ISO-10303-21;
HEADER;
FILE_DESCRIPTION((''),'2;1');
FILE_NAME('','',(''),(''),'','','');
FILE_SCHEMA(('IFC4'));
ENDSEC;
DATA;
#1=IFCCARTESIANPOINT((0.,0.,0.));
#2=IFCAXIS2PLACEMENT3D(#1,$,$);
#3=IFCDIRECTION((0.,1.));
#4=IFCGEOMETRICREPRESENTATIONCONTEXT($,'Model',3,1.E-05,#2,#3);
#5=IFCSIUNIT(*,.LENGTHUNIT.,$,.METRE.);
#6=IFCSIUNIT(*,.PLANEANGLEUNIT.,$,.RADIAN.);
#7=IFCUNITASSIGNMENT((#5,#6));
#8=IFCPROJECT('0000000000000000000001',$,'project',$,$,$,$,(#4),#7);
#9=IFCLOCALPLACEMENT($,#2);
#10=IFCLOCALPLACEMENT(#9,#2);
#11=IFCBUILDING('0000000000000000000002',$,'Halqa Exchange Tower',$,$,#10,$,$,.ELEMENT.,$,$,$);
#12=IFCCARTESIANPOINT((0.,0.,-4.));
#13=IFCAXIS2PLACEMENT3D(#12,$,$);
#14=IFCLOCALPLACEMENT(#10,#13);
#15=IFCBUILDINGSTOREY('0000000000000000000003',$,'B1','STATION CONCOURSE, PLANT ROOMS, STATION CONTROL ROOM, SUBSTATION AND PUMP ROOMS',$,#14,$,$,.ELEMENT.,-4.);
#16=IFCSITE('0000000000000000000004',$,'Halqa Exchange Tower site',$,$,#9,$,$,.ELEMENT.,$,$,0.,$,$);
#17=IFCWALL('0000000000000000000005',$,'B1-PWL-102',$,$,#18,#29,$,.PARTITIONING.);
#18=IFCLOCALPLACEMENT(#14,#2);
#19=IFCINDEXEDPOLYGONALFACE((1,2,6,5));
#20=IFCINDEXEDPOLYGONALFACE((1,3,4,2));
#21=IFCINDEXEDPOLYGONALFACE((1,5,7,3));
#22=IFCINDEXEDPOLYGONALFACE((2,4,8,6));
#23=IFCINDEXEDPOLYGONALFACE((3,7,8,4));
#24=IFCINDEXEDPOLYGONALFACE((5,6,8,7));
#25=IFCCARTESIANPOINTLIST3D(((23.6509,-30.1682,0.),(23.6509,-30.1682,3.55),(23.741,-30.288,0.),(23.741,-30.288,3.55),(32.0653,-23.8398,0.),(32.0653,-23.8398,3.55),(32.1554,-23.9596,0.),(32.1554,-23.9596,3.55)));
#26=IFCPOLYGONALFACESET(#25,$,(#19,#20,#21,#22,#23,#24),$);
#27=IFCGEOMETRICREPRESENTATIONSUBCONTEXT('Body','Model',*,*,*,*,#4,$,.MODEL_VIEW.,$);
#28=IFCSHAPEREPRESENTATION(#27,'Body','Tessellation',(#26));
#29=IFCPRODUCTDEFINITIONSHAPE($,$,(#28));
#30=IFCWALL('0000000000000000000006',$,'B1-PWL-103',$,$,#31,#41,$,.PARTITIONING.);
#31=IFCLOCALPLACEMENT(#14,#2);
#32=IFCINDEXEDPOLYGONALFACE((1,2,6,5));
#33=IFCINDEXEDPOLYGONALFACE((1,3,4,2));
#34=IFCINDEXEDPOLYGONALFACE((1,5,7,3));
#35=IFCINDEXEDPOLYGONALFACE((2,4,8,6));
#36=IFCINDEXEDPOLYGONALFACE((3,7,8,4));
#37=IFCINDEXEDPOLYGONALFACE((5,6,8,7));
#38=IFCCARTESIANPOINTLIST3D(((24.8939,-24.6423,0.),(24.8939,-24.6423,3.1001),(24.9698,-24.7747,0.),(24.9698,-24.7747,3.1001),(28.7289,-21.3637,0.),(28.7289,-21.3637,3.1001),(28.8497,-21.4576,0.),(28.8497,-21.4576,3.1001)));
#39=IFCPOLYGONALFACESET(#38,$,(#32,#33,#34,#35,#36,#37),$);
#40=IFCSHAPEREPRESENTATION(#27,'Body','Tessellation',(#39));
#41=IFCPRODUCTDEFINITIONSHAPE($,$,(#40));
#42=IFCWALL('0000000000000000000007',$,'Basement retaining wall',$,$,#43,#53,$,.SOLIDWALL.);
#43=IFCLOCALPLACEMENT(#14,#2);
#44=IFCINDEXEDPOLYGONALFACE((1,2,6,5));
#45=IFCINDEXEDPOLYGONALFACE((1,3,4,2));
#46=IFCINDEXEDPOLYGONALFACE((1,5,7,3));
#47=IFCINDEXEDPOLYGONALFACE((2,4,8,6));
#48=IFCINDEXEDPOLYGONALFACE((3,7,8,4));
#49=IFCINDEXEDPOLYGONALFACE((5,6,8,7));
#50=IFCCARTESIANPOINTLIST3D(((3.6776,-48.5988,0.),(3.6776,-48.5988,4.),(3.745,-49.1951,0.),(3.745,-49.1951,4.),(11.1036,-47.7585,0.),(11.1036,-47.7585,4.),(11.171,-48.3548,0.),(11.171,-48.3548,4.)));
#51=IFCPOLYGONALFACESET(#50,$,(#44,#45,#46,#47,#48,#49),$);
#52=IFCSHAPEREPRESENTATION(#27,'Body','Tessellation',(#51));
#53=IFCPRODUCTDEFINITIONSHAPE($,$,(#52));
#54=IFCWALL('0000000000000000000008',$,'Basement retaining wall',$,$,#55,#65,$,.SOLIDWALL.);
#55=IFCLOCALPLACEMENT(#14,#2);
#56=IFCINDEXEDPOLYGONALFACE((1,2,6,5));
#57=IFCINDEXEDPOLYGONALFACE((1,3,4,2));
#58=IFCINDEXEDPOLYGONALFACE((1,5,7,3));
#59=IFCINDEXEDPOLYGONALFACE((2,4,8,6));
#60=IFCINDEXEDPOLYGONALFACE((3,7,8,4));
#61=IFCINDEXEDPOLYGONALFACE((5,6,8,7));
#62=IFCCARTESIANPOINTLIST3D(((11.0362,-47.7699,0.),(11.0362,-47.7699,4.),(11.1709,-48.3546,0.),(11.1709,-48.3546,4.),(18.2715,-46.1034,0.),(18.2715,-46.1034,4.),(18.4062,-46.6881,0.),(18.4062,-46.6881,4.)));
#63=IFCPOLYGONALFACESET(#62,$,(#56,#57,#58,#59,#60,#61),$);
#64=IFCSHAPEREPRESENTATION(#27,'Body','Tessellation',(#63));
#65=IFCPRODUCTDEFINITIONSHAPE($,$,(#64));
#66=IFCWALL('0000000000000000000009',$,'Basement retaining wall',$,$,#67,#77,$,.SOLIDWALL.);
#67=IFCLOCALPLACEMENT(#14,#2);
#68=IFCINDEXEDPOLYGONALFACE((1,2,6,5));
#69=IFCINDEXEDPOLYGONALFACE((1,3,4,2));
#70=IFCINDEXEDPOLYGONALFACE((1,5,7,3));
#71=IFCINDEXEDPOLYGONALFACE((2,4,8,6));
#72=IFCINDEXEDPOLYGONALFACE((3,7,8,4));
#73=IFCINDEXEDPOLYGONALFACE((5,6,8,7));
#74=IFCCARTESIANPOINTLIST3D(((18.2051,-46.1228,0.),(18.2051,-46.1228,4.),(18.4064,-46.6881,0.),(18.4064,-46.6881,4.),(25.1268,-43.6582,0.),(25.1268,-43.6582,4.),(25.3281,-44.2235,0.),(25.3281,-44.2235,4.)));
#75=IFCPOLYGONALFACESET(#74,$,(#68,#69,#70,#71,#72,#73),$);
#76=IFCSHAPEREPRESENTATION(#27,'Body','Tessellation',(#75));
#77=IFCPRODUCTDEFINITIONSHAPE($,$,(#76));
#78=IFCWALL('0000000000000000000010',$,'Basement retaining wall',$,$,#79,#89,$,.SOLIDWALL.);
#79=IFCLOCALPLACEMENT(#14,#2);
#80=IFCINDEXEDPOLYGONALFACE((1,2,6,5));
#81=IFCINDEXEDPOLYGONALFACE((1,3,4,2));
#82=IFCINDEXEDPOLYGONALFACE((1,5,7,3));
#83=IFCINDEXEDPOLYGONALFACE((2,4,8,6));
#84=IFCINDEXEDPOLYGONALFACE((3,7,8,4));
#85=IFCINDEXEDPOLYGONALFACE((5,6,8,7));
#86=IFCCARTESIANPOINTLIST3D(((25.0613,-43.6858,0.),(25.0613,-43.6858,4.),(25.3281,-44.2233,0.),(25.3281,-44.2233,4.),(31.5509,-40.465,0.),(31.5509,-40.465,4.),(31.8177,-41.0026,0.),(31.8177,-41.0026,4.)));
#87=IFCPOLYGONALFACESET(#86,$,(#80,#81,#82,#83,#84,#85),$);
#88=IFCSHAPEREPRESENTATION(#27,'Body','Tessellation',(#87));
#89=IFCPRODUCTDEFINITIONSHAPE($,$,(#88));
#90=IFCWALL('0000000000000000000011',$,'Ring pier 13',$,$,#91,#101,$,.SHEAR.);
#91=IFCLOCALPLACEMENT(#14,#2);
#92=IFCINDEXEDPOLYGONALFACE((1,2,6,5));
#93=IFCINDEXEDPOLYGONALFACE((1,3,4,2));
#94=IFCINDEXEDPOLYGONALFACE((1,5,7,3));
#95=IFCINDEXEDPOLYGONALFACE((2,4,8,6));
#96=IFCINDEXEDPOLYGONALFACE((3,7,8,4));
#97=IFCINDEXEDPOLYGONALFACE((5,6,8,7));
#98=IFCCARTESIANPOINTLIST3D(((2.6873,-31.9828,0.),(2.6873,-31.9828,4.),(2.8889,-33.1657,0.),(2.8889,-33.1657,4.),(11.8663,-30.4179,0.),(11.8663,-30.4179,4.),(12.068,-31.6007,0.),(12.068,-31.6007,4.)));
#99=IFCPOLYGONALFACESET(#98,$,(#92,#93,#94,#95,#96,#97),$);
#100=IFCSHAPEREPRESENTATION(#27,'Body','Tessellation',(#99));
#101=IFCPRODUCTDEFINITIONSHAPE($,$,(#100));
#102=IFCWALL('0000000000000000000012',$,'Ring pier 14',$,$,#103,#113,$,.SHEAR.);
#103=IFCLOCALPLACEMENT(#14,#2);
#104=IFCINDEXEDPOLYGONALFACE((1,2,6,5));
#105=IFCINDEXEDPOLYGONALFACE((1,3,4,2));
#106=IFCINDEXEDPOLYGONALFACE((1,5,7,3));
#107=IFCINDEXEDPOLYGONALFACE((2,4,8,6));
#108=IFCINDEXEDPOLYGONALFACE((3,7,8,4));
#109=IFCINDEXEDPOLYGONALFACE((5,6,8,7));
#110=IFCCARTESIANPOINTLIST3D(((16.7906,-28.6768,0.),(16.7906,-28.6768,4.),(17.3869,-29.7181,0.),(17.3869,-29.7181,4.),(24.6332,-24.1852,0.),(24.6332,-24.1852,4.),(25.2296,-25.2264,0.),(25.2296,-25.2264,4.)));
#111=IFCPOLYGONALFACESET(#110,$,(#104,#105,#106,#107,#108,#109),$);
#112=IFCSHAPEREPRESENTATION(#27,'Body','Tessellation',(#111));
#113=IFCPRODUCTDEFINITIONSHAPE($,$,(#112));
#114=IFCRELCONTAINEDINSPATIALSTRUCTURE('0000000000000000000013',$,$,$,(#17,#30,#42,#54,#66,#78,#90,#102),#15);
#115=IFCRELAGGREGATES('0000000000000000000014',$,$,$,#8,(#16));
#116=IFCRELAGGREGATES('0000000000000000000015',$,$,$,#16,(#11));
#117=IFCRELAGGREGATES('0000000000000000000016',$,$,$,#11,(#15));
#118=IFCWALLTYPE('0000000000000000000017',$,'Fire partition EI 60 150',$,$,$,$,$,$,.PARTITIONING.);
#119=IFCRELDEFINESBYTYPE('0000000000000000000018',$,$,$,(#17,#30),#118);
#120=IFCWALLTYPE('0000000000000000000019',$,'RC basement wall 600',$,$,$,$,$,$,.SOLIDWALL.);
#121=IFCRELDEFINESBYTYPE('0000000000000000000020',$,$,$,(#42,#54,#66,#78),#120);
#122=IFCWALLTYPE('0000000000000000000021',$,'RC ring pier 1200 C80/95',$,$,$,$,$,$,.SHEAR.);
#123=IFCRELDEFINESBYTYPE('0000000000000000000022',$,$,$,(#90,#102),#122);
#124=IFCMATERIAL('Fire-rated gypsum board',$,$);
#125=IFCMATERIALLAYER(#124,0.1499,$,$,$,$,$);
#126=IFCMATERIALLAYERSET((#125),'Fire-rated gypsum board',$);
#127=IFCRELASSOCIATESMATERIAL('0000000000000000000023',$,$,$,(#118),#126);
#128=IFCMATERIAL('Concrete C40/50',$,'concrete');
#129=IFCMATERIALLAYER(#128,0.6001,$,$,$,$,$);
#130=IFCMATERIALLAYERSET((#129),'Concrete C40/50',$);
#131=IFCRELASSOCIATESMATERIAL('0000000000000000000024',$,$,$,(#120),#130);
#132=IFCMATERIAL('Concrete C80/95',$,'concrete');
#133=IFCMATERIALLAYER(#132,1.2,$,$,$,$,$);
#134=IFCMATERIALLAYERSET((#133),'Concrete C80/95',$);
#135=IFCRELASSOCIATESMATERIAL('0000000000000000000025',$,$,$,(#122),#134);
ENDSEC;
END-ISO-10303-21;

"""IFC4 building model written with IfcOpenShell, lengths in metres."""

from ifc_helpers import new_model, si_unit, direction, frame, frame_2d, origin, place, context, subcontext, project, spatial, polyline, rectangle, outline, extrude, material, layer, layer_set, type_object, element, save


model = new_model("IFC4")

# Units and contexts
model_context = context("Model", 3, precision=1e-05, world=origin(), true_north=direction((0.0, 1.0)))
body_context = subcontext(model_context, "Body", "Model", "MODEL_VIEW")
ifc_project = project(units=[si_unit("LENGTHUNIT", "METRE"), si_unit("PLANEANGLEUNIT", "RADIAN")], contexts=[model_context])

# Site, building, storey
site_placement = place(None, origin())
site = spatial("IfcSite", under=ifc_project, at=site_placement, Name="Halqa Exchange Tower site", CompositionType="ELEMENT", RefElevation=0.0)
building_placement = place(site_placement, origin())
building = spatial("IfcBuilding", under=site, at=building_placement, Name="Halqa Exchange Tower", CompositionType="ELEMENT")
storey_placement = place(building_placement, frame((0.0, 0.0, -4.0)))
storey = spatial("IfcBuildingStorey", under=building, at=storey_placement, Name="B1", Description="STATION CONCOURSE, PLANT ROOMS, STATION CONTROL ROOM, SUBSTATION AND PUMP ROOMS", CompositionType="ELEMENT", Elevation=-4.0)

# Shared definitions
ifc_material_1 = material(Name="Fire-rated gypsum board")
ifc_layer_1 = layer(ifc_material_1, 0.1499)
ifc_layer_set_1 = layer_set([ifc_layer_1], Name="Fire-rated gypsum board")
wall_type_1 = type_object("IfcWallType", Name="Fire partition EI 60 150", PredefinedType="PARTITIONING", material=ifc_layer_set_1)

# Walls
wall_1_placement = place(storey_placement, frame((23.696, -30.228, 0.0), z_axis=(0.0, 0.0, 1.0), x_axis=(0.799195, 0.601072, 0.0)))
element("IfcWall", 1, at=wall_1_placement, inside=storey, type_object=wall_type_1, Name="B1-PWL-102", PredefinedType="PARTITIONING", context=body_context, shape_type="SweptSolid", body=[
    extrude(rectangle(XDim=10.5286, YDim=0.1499, at=frame_2d((5.2642, 0.0))), origin(), (0.0, 0.0, 1.0), 3.55),
])
wall_2_placement = place(storey_placement, frame((24.9319, -24.7085, 0.0), z_axis=(0.0, 0.0, 1.0), x_axis=(0.760085, 0.649824, 0.0)))
element("IfcWall", 2, at=wall_2_placement, inside=storey, type_object=wall_type_1, Name="B1-PWL-103", PredefinedType="PARTITIONING", context=body_context, shape_type="SweptSolid", body=[
    extrude(outline(polyline([(-0.0142, -0.075), (5.0903, -0.075), (5.0596, 0.075), (0.0142, 0.075), (-0.0142, -0.075)])), origin(), (0.0, 0.0, 1.0), 3.1001),
])
ifc_material_2 = material(Name="Concrete C40/50", Category="concrete")
ifc_layer_2 = layer(ifc_material_2, 0.6001)
ifc_layer_set_2 = layer_set([ifc_layer_2], Name="Concrete C40/50")
wall_type_2 = type_object("IfcWallType", Name="RC basement wall 600", PredefinedType="SOLIDWALL", material=ifc_layer_set_2)
wall_3_placement = place(storey_placement, frame((3.7112, -48.897, 0.0), z_axis=(0.0, 0.0, 1.0), x_axis=(0.993658, 0.112443, 0.0)))
element("IfcWall", 3, at=wall_3_placement, inside=storey, type_object=wall_type_2, Name="Basement retaining wall", PredefinedType="SOLIDWALL", context=body_context, shape_type="SweptSolid", body=[
    extrude(rectangle(XDim=7.4734, YDim=0.6001, at=frame_2d((3.7368, 0.0))), origin(), (0.0, 0.0, 1.0), 4.0),
])
wall_4_placement = place(storey_placement, frame((11.1035, -48.0623, 0.0), z_axis=(0.0, 0.0, 1.0), x_axis=(0.974485, 0.224451, 0.0)))
element("IfcWall", 4, at=wall_4_placement, inside=storey, type_object=wall_type_2, Name="Basement retaining wall", PredefinedType="SOLIDWALL", context=body_context, shape_type="SweptSolid", body=[
    extrude(rectangle(XDim=7.4248, YDim=0.6001, at=frame_2d((3.7124, 0.0))), origin(), (0.0, 0.0, 1.0), 4.0),
])
wall_5_placement = place(storey_placement, frame((18.3057, -46.4055, 0.0), z_axis=(0.0, 0.0, 1.0), x_axis=(0.942061, 0.335442, 0.0)))
element("IfcWall", 5, at=wall_5_placement, inside=storey, type_object=wall_type_2, Name="Basement retaining wall", PredefinedType="SOLIDWALL", context=body_context, shape_type="SweptSolid", body=[
    extrude(rectangle(XDim=7.3474, YDim=0.6001, at=frame_2d((3.6738, 0.0))), origin(), (0.0, 0.0, 1.0), 4.0),
])
wall_6_placement = place(storey_placement, frame((25.1946, -43.9546, 0.0), z_axis=(0.0, 0.0, 1.0), x_axis=(0.895751, 0.444556, 0.0)))
element("IfcWall", 6, at=wall_6_placement, inside=storey, type_object=wall_type_2, Name="Basement retaining wall", PredefinedType="SOLIDWALL", context=body_context, shape_type="SweptSolid", body=[
    extrude(rectangle(XDim=7.2449, YDim=0.6001, at=frame_2d((3.6226, 0.0))), origin(), (0.0, 0.0, 1.0), 4.0),
])
ifc_material_3 = material(Name="Concrete C80/95", Category="concrete")
ifc_layer_3 = layer(ifc_material_3, 1.2)
ifc_layer_set_3 = layer_set([ifc_layer_3], Name="Concrete C80/95")
wall_type_3 = type_object("IfcWallType", Name="RC ring pier 1200 C80/95", PredefinedType="SHEAR", material=ifc_layer_set_3)
wall_7_placement = place(storey_placement, frame((2.7881, -32.5742, 0.0), z_axis=(0.0, 0.0, 1.0), x_axis=(0.985776, 0.168063, 0.0)))
element("IfcWall", 7, at=wall_7_placement, inside=storey, type_object=wall_type_3, Name="Ring pier 13", PredefinedType="SHEAR", context=body_context, shape_type="SweptSolid", body=[
    extrude(rectangle(XDim=9.3115, YDim=1.2, at=frame_2d((4.6558, 0.0))), origin(), (0.0, 0.0, 1.0), 4.0),
])
wall_8_placement = place(storey_placement, frame((17.0886, -29.1975, 0.0), z_axis=(0.0, 0.0, 1.0), x_axis=(0.867761, 0.496982, 0.0)))
element("IfcWall", 8, at=wall_8_placement, inside=storey, type_object=wall_type_3, Name="Ring pier 14", PredefinedType="SHEAR", context=body_context, shape_type="SweptSolid", body=[
    extrude(rectangle(XDim=9.0378, YDim=1.2, at=frame_2d((4.519, 0.0))), origin(), (0.0, 0.0, 1.0), 4.0),
])

save(model, "model.ifc")
